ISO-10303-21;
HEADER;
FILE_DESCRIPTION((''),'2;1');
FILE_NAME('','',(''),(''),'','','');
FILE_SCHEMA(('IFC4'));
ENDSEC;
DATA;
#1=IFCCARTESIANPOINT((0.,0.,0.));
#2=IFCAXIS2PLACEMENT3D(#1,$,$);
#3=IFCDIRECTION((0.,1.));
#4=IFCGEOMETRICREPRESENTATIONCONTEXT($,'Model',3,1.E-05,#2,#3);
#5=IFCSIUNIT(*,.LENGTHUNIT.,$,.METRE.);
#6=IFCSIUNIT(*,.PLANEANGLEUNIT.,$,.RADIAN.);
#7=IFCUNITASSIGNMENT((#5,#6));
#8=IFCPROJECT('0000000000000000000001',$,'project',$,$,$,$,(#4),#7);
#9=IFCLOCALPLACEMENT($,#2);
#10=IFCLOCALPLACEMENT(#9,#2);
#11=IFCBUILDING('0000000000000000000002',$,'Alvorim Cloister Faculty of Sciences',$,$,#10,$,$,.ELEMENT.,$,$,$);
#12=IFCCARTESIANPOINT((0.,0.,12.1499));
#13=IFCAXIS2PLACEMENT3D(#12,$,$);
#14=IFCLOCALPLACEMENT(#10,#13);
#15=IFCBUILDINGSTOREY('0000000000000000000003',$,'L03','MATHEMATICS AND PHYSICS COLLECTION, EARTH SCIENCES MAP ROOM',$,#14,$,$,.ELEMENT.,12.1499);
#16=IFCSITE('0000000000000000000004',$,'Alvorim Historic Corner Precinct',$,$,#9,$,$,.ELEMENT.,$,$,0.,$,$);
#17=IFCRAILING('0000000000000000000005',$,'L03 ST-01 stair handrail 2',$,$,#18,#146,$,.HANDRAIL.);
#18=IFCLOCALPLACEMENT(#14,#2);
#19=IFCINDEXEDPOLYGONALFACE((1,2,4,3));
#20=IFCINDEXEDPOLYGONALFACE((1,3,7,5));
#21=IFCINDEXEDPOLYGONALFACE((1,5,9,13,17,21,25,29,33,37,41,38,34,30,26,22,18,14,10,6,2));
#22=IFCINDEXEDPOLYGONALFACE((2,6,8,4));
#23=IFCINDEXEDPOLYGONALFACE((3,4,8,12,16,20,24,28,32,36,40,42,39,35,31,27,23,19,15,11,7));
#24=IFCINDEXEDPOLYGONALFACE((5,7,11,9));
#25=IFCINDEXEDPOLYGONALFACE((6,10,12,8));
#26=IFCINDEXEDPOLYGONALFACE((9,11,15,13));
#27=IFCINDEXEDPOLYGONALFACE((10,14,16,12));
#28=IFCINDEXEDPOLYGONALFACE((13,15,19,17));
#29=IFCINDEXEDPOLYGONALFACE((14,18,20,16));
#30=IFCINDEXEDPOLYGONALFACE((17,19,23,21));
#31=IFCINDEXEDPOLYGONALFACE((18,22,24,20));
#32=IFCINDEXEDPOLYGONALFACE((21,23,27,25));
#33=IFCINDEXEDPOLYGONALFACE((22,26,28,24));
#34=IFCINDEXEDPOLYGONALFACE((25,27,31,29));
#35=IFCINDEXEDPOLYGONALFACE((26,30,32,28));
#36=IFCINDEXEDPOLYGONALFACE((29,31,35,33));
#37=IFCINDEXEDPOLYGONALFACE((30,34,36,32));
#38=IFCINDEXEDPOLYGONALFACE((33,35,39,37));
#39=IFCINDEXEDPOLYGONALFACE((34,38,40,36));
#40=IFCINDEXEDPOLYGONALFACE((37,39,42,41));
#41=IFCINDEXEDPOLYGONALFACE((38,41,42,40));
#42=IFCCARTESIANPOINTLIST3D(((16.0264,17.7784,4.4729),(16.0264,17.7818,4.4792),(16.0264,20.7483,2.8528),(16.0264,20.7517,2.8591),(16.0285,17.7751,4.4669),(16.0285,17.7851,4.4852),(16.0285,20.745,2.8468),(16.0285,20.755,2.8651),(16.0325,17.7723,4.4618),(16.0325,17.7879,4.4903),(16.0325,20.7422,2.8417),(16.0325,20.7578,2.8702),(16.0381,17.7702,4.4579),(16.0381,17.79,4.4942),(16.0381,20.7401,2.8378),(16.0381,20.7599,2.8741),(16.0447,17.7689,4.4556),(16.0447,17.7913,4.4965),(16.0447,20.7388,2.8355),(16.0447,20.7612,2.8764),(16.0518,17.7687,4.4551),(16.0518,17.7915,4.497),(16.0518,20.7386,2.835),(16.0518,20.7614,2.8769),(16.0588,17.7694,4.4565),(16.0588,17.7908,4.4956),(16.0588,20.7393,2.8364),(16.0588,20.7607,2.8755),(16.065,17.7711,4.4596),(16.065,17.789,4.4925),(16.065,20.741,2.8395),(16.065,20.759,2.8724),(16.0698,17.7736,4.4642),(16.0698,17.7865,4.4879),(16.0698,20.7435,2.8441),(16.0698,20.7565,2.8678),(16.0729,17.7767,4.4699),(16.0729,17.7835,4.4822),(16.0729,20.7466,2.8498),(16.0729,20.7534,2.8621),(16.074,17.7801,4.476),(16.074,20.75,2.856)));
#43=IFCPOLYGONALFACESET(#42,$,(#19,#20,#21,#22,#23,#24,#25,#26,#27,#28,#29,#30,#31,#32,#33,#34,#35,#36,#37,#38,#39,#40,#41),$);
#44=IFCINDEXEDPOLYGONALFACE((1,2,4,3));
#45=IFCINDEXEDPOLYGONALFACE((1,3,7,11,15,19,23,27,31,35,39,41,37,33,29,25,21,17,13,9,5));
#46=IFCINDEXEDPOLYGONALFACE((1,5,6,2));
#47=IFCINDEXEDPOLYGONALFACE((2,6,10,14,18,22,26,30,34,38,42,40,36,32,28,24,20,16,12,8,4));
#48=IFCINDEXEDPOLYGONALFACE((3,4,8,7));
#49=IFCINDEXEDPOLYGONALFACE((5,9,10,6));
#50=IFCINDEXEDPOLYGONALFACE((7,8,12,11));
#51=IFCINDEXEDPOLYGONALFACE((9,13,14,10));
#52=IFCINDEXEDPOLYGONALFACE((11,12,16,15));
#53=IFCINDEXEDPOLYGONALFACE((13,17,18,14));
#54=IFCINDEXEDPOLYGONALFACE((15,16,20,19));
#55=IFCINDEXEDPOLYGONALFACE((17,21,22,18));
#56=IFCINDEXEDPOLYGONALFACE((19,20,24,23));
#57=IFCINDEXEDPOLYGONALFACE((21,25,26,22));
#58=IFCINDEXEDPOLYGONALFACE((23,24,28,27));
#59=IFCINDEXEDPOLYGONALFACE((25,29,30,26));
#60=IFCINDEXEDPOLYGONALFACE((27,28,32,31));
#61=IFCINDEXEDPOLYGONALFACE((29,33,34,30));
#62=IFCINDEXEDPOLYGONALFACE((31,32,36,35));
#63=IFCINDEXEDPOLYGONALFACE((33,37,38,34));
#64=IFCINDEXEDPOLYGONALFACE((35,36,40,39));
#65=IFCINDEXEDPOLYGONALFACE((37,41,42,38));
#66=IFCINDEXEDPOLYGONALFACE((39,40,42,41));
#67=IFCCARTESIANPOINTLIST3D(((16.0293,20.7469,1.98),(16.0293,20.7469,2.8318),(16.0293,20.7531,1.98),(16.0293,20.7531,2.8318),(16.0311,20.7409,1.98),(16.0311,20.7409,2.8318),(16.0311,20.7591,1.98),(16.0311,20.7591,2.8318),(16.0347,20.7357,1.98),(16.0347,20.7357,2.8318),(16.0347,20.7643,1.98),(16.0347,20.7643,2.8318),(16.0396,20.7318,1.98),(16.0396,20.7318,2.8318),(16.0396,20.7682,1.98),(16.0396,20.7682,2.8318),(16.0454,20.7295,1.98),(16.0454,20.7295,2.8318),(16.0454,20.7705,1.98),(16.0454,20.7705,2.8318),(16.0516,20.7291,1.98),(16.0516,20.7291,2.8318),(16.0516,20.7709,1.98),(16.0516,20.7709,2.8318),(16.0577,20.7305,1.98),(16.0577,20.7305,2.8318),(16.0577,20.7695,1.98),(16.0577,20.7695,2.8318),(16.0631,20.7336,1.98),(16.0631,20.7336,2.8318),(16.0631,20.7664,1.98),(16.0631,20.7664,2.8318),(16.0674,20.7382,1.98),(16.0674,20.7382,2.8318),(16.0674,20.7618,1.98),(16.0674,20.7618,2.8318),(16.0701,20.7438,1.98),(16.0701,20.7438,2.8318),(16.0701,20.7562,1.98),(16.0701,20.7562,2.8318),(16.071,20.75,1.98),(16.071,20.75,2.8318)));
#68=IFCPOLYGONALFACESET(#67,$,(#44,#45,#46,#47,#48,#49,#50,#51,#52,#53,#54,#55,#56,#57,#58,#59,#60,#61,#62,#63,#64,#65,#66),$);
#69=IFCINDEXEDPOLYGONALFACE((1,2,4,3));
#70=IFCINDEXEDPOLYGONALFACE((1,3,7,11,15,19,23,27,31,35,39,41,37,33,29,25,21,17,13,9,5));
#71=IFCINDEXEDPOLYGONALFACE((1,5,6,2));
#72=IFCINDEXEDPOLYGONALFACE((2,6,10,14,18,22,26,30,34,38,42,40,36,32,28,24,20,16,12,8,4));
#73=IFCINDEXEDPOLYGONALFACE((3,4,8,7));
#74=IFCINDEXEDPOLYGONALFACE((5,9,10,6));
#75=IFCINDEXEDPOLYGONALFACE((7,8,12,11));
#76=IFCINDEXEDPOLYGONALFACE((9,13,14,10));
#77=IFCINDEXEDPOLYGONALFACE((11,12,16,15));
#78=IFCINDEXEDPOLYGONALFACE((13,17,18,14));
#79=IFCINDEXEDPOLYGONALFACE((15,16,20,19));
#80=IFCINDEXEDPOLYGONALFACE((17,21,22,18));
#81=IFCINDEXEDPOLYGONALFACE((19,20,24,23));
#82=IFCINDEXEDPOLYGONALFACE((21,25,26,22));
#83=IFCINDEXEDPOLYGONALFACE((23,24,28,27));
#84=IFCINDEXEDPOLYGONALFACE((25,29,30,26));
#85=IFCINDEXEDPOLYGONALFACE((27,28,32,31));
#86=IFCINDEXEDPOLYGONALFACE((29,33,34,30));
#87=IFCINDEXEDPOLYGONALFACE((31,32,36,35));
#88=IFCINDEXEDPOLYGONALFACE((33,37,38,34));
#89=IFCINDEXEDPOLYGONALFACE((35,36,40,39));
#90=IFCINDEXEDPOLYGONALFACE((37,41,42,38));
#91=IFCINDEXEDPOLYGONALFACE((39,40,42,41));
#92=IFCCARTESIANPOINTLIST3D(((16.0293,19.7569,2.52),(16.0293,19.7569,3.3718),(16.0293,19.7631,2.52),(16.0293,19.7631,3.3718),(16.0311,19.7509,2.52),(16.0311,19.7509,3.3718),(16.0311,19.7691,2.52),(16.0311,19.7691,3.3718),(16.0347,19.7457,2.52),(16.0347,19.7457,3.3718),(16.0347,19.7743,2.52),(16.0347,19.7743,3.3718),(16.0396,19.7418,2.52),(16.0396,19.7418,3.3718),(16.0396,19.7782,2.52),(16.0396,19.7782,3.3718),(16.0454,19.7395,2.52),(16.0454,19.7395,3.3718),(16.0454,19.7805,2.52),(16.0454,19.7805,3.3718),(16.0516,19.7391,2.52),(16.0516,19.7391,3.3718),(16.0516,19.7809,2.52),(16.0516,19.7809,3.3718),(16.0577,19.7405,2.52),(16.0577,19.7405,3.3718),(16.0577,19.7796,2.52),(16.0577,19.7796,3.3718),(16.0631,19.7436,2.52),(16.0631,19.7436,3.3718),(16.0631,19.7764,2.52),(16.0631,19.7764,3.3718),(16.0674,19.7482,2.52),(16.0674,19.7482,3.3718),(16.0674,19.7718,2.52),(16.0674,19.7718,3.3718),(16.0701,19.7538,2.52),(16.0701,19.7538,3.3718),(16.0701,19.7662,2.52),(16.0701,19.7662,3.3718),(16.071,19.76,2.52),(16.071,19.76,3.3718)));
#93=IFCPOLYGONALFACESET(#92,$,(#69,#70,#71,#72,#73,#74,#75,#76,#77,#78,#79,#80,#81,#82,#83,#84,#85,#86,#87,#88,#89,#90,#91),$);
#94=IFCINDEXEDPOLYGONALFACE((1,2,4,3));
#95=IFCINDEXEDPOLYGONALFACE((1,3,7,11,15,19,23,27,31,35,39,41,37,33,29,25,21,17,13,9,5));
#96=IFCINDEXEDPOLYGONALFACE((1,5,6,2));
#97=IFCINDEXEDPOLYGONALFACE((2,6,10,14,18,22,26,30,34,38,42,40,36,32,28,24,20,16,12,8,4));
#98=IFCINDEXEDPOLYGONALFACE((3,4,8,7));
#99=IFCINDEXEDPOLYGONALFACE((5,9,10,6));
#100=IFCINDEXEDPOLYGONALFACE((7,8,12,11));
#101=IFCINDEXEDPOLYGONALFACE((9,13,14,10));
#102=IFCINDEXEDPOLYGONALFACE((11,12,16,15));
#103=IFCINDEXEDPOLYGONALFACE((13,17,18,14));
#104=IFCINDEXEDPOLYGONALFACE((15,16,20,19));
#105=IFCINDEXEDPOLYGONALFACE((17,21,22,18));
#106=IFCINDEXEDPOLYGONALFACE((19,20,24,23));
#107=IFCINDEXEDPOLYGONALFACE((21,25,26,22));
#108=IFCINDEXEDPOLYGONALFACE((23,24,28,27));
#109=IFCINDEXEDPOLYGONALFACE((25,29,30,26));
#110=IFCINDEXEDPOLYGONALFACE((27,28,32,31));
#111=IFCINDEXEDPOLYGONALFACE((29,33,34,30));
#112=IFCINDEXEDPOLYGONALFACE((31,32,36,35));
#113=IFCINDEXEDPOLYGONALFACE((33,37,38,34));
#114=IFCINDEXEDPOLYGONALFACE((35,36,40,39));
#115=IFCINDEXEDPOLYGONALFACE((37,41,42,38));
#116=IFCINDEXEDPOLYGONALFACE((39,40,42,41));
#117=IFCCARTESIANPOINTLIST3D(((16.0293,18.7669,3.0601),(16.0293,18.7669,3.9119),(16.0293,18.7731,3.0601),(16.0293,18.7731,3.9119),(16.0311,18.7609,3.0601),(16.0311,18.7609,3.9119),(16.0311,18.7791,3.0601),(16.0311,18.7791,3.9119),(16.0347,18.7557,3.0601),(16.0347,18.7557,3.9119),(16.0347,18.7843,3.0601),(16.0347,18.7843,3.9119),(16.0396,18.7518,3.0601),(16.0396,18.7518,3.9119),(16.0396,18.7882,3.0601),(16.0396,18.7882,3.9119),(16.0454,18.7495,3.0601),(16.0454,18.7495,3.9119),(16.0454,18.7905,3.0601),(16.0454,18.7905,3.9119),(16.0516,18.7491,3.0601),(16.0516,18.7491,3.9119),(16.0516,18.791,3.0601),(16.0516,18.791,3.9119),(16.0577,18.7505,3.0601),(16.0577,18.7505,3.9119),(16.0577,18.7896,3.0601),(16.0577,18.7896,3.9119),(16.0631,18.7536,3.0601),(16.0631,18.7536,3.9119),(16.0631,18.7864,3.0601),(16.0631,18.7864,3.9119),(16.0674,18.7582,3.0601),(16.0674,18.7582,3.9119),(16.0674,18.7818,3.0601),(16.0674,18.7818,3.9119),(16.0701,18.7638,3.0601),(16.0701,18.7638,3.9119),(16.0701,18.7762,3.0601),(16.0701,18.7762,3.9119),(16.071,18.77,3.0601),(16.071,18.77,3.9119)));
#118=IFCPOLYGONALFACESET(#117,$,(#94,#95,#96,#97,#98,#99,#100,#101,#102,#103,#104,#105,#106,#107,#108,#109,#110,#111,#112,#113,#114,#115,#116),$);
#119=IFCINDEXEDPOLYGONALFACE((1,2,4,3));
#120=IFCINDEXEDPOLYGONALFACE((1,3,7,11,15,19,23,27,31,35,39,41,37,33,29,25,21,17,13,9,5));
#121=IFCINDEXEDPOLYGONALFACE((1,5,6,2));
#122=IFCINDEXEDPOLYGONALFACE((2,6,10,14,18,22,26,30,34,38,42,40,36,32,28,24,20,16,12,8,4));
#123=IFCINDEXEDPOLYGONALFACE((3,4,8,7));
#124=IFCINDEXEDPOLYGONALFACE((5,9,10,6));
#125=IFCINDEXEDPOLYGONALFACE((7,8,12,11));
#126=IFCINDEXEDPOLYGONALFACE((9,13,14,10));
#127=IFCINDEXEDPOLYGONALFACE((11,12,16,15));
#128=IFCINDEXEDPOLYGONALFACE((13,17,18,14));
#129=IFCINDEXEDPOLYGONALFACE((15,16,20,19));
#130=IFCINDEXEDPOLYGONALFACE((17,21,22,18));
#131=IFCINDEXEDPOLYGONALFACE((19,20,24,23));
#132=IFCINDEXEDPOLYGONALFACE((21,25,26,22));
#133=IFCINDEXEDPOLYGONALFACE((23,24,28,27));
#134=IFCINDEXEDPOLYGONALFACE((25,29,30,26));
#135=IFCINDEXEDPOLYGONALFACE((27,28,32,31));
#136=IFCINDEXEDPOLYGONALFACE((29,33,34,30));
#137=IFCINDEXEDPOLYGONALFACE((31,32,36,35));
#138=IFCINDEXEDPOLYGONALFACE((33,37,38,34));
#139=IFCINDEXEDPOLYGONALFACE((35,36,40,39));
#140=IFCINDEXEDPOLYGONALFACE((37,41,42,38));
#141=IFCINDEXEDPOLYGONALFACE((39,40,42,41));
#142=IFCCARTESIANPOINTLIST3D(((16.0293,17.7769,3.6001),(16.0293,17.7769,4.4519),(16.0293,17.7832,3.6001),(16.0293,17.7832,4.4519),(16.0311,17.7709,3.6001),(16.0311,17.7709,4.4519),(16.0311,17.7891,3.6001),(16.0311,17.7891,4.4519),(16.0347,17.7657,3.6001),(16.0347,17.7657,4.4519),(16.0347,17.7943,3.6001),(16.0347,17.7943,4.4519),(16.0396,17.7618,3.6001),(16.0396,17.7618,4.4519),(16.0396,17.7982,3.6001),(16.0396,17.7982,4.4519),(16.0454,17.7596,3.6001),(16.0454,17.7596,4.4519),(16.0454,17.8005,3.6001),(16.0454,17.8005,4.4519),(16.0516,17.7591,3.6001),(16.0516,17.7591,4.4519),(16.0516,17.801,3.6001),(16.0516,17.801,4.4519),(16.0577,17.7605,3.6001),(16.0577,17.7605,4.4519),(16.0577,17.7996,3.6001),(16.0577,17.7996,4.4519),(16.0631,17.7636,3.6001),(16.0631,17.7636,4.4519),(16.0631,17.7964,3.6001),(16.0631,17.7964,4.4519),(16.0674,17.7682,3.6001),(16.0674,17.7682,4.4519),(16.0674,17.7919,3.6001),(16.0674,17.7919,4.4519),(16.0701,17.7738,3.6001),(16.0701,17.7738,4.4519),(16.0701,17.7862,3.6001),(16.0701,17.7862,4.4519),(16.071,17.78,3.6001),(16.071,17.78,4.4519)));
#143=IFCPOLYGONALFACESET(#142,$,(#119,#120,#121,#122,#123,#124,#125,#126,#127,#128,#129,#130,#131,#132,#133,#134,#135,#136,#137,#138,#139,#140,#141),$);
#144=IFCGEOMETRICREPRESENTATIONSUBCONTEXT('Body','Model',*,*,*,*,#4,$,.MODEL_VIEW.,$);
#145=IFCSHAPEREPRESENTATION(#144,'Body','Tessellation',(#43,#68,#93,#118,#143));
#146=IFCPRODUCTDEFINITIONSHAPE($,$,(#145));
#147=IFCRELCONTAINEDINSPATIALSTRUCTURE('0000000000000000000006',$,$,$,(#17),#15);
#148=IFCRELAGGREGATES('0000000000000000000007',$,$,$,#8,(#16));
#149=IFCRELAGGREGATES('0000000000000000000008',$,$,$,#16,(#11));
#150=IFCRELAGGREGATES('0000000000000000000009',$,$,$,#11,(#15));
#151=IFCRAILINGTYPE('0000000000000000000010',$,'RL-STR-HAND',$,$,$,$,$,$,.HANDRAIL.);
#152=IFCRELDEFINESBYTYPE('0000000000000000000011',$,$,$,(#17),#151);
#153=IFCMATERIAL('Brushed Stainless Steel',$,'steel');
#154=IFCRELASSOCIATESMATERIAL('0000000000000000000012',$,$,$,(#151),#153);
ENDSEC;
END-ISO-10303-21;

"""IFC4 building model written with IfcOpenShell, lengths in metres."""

from ifc_helpers import new_model, si_unit, direction, frame, origin, origin_2d, place, context, subcontext, project, spatial, circle, extrude, material, type_object, element, save


model = new_model("IFC4")

# Units and contexts
model_context = context("Model", 3, precision=1e-05, world=origin(), true_north=direction((0.0, 1.0)))
body_context = subcontext(model_context, "Body", "Model", "MODEL_VIEW")
ifc_project = project(units=[si_unit("LENGTHUNIT", "METRE"), si_unit("PLANEANGLEUNIT", "RADIAN")], contexts=[model_context])

# Site, building, storey
site_placement = place(None, origin())
site = spatial("IfcSite", under=ifc_project, at=site_placement, Name="Alvorim Historic Corner Precinct", CompositionType="ELEMENT", RefElevation=0.0)
building_placement = place(site_placement, origin())
building = spatial("IfcBuilding", under=site, at=building_placement, Name="Alvorim Cloister Faculty of Sciences", CompositionType="ELEMENT")
storey_placement = place(building_placement, frame((0.0, 0.0, 12.1499)))
storey = spatial("IfcBuildingStorey", under=building, at=storey_placement, Name="L03", Description="MATHEMATICS AND PHYSICS COLLECTION, EARTH SCIENCES MAP ROOM", CompositionType="ELEMENT", Elevation=12.1499)

# Shared definitions
ifc_material_1 = material(Name="Brushed Stainless Steel", Category="steel")

# Railing
railing_type_1 = type_object("IfcRailingType", Name="RL-STR-HAND", PredefinedType="HANDRAIL", material=ifc_material_1)
railing_1_placement = place(storey_placement, frame((16.05, 20.75, 1.98)))
element("IfcRailing", 1, at=railing_1_placement, inside=storey, type_object=railing_type_1, Name="L03 ST-01 stair handrail 2", PredefinedType="HANDRAIL", context=body_context, shape_type="SweptSolid", body=[
    extrude(circle(Radius=0.0239, at=origin_2d()), frame((0.0, 0.0, 0.876), z_axis=(0.0, -0.877879, 0.478882), x_axis=(1.0, 0.0, 0.0)), (0.0, 0.0, 1.0), 3.3831),
    extrude(circle(Radius=0.021, at=origin_2d()), origin(), (0.0, 0.0, 1.0), 0.8518),
    extrude(circle(Radius=0.021, at=origin_2d()), frame((0.0, -0.99, 0.54)), (0.0, 0.0, 1.0), 0.8518),
    extrude(circle(Radius=0.021, at=origin_2d()), frame((0.0, -1.98, 1.0801)), (0.0, 0.0, 1.0), 0.8518),
    extrude(circle(Radius=0.021, at=origin_2d()), frame((0.0, -2.97, 1.6201)), (0.0, 0.0, 1.0), 0.8518),
])

save(model, "model.ifc")
